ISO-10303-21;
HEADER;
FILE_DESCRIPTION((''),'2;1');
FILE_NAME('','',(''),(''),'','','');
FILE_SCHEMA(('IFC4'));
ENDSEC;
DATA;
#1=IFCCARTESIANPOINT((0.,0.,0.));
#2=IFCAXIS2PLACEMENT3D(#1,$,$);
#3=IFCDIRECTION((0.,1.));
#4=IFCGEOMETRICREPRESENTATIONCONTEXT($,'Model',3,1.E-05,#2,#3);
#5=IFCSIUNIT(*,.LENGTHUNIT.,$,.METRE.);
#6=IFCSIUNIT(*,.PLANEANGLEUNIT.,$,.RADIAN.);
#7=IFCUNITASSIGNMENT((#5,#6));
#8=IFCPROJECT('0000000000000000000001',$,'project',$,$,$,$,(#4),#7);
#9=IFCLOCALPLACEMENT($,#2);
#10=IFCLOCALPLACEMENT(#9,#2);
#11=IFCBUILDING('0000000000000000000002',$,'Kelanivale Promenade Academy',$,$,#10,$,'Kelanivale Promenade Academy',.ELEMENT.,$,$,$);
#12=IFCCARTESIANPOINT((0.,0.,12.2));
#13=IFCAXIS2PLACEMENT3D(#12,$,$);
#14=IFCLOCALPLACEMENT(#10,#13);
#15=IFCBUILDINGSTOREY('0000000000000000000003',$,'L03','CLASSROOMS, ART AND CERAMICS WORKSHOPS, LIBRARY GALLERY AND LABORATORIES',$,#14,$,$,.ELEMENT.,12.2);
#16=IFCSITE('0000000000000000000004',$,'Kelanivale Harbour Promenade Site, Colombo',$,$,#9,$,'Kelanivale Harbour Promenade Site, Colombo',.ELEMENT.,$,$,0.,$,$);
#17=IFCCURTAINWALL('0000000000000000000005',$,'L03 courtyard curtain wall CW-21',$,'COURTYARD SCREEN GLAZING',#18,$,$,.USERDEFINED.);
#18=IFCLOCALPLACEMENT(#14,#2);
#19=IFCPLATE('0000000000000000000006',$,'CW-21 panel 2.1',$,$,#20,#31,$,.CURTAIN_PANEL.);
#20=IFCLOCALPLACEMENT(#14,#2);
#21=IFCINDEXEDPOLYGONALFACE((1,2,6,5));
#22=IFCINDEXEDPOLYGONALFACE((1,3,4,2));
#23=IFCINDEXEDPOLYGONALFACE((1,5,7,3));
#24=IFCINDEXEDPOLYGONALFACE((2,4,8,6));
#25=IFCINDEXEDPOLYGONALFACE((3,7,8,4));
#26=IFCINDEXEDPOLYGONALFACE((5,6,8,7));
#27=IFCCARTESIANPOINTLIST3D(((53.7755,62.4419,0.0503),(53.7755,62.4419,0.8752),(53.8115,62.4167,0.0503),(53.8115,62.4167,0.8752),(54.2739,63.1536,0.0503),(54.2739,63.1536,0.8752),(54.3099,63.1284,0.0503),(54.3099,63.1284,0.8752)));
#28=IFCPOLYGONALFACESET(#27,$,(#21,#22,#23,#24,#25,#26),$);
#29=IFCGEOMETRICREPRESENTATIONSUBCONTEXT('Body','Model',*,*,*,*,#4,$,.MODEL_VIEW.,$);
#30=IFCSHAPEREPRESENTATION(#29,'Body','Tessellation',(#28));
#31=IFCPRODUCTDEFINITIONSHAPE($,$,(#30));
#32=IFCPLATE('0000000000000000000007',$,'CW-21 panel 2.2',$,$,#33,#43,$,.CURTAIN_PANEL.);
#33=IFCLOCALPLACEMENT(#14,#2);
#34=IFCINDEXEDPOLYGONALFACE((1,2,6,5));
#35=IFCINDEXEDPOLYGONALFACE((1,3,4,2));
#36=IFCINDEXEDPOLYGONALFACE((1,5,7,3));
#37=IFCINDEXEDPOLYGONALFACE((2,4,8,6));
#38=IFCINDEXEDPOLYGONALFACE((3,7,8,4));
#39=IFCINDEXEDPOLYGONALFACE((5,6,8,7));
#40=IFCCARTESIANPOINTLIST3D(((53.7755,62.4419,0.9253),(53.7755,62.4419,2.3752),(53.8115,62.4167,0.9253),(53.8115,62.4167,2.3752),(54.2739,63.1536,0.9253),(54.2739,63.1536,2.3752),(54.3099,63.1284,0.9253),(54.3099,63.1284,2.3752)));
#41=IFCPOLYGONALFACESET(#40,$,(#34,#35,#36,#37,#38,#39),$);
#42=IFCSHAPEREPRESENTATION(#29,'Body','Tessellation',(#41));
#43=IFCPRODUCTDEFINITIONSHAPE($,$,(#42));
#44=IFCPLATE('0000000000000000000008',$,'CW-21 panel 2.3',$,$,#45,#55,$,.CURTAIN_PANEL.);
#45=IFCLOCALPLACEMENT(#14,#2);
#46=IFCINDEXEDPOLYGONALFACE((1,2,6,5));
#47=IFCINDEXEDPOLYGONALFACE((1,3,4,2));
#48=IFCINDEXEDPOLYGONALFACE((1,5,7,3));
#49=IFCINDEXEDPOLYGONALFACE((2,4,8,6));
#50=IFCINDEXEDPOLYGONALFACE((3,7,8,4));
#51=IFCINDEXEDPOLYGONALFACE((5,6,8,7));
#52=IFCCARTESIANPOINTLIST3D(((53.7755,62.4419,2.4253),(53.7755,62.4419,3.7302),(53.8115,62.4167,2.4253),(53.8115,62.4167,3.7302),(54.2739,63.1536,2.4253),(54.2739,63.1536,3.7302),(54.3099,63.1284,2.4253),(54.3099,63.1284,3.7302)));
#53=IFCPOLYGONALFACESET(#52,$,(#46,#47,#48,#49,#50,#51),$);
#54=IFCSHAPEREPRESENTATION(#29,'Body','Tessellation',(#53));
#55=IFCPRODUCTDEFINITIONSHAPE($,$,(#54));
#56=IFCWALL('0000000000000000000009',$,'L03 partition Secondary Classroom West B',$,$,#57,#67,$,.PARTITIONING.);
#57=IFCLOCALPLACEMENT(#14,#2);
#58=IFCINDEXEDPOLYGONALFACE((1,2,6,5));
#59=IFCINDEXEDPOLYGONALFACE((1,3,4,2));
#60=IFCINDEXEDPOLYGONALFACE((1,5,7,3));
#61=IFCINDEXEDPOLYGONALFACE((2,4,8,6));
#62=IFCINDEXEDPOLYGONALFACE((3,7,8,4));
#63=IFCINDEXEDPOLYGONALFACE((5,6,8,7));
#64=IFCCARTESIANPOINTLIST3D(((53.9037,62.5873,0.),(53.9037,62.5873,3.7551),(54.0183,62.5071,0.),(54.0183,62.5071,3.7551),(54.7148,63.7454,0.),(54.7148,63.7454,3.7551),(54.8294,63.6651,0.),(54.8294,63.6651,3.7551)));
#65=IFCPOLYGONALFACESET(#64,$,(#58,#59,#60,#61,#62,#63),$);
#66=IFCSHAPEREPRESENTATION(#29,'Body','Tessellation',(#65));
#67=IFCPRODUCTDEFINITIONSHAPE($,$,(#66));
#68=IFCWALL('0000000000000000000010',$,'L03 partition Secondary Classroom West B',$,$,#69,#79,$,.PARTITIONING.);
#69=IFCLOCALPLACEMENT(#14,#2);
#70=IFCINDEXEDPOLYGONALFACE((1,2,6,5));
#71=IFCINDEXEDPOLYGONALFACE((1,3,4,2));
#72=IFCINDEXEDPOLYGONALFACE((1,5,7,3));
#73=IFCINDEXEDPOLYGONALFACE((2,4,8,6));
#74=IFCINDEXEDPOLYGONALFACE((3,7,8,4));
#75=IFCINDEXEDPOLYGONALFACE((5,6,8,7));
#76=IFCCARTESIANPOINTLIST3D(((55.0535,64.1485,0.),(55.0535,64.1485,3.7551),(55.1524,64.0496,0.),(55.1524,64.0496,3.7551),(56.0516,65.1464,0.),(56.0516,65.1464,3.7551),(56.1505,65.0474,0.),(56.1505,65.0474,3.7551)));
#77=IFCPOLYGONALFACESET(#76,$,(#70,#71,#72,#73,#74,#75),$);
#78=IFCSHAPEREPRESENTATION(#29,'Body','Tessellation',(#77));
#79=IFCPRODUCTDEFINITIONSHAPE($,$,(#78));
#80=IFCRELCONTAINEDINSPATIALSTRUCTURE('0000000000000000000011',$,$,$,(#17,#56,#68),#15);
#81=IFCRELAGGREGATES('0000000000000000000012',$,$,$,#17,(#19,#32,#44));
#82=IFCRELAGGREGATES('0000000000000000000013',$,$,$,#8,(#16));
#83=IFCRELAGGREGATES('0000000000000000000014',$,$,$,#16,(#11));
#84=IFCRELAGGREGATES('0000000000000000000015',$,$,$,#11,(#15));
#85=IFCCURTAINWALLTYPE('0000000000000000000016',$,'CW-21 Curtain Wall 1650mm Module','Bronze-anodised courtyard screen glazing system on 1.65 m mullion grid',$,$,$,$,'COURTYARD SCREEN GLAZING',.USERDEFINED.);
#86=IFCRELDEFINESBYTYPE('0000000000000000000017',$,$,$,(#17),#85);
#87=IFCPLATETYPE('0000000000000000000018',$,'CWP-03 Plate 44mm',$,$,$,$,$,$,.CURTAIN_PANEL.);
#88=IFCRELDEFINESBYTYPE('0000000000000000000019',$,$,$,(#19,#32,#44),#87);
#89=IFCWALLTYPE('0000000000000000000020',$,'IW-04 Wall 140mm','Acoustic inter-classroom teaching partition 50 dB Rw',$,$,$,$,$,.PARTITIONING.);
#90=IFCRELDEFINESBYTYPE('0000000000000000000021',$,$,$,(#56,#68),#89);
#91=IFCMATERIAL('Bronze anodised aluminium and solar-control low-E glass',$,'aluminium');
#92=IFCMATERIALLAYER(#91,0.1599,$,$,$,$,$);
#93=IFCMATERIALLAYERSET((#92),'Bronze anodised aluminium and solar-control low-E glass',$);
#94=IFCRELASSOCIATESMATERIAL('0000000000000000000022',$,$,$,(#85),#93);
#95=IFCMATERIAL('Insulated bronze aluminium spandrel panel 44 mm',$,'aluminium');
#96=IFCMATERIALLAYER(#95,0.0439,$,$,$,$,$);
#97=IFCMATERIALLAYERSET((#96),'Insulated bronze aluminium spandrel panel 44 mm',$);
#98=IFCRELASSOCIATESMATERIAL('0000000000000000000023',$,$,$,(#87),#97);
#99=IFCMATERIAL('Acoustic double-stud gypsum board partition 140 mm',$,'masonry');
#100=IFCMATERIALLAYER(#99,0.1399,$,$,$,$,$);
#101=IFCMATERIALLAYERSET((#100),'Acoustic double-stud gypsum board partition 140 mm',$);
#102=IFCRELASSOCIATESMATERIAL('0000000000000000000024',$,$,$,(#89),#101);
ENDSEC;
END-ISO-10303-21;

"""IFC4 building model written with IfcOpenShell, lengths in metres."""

from ifc_helpers import new_model, si_unit, direction, frame, frame_2d, origin, origin_2d, place, context, subcontext, project, spatial, rectangle, extrude, material, layer, layer_set, type_object, element, aggregate, save


model = new_model("IFC4")

# Units and contexts
model_context = context("Model", 3, precision=1e-05, world=origin(), true_north=direction((0.0, 1.0)))
body_context = subcontext(model_context, "Body", "Model", "MODEL_VIEW")
ifc_project = project(units=[si_unit("LENGTHUNIT", "METRE"), si_unit("PLANEANGLEUNIT", "RADIAN")], contexts=[model_context])

# Site, building, storey
site_placement = place(None, origin())
site = spatial("IfcSite", under=ifc_project, at=site_placement, Name="Kelanivale Harbour Promenade Site, Colombo", LongName="Kelanivale Harbour Promenade Site, Colombo", CompositionType="ELEMENT", RefElevation=0.0)
building_placement = place(site_placement, origin())
building = spatial("IfcBuilding", under=site, at=building_placement, Name="Kelanivale Promenade Academy", LongName="Kelanivale Promenade Academy", CompositionType="ELEMENT")
storey_placement = place(building_placement, frame((0.0, 0.0, 12.2)))
storey = spatial("IfcBuildingStorey", under=building, at=storey_placement, Name="L03", Description="CLASSROOMS, ART AND CERAMICS WORKSHOPS, LIBRARY GALLERY AND LABORATORIES", CompositionType="ELEMENT", Elevation=12.2)

# Curtain wall
ifc_material_1 = material(Name="Bronze anodised aluminium and solar-control low-E glass", Category="aluminium")
ifc_layer_1 = layer(ifc_material_1, 0.1599)
ifc_layer_set_1 = layer_set([ifc_layer_1], Name="Bronze anodised aluminium and solar-control low-E glass")
curtain_wall_type_1 = type_object("IfcCurtainWallType", Name="CW-21 Curtain Wall 1650mm Module", Description="Bronze-anodised courtyard screen glazing system on 1.65 m mullion grid", ElementType="COURTYARD SCREEN GLAZING", PredefinedType="USERDEFINED", material=ifc_layer_set_1)
curtain_wall_1_placement = place(storey_placement, origin())
curtain_wall_1 = element("IfcCurtainWall", 1, at=curtain_wall_1_placement, inside=storey, type_object=curtain_wall_type_1, Name="L03 courtyard curtain wall CW-21", ObjectType="COURTYARD SCREEN GLAZING", PredefinedType="USERDEFINED")

# Plates
ifc_material_2 = material(Name="Insulated bronze aluminium spandrel panel 44 mm", Category="aluminium")
ifc_layer_2 = layer(ifc_material_2, 0.0439)
ifc_layer_set_2 = layer_set([ifc_layer_2], Name="Insulated bronze aluminium spandrel panel 44 mm")
plate_type_1 = type_object("IfcPlateType", Name="CWP-03 Plate 44mm", PredefinedType="CURTAIN_PANEL", material=ifc_layer_set_2)
plate_1_placement = place(storey_placement, frame((54.0427, 62.7852, 0.0503), z_axis=(0.0, 0.0, 1.0), x_axis=(-0.573567, -0.819158, 0.0)))
plate_1 = element("IfcPlate", 2, at=plate_1_placement, type_object=plate_type_1, Name="CW-21 panel 2.1", PredefinedType="CURTAIN_PANEL", context=body_context, shape_type="SweptSolid", body=[
    extrude(rectangle(XDim=0.8689, YDim=0.0439, at=origin_2d()), origin(), (0.0, 0.0, 1.0), 0.825),
])
plate_2_placement = place(storey_placement, frame((54.0427, 62.7852, 0.9253), z_axis=(0.0, 0.0, 1.0), x_axis=(-0.573567, -0.819158, 0.0)))
plate_2 = element("IfcPlate", 3, at=plate_2_placement, type_object=plate_type_1, Name="CW-21 panel 2.2", PredefinedType="CURTAIN_PANEL", context=body_context, shape_type="SweptSolid", body=[
    extrude(rectangle(XDim=0.8689, YDim=0.0439, at=origin_2d()), origin(), (0.0, 0.0, 1.0), 1.45),
])
plate_3_placement = place(storey_placement, frame((54.0427, 62.7852, 2.4253), z_axis=(0.0, 0.0, 1.0), x_axis=(-0.573567, -0.819158, 0.0)))
plate_3 = element("IfcPlate", 4, at=plate_3_placement, type_object=plate_type_1, Name="CW-21 panel 2.3", PredefinedType="CURTAIN_PANEL", context=body_context, shape_type="SweptSolid", body=[
    extrude(rectangle(XDim=0.8689, YDim=0.0439, at=origin_2d()), origin(), (0.0, 0.0, 1.0), 1.3049),
])
aggregate(curtain_wall_1, [plate_1, plate_2, plate_3])

# Walls
ifc_material_3 = material(Name="Acoustic double-stud gypsum board partition 140 mm", Category="masonry")
ifc_layer_3 = layer(ifc_material_3, 0.1399)
ifc_layer_set_3 = layer_set([ifc_layer_3], Name="Acoustic double-stud gypsum board partition 140 mm")
wall_type = type_object("IfcWallType", Name="IW-04 Wall 140mm", Description="Acoustic inter-classroom teaching partition 50 dB Rw", PredefinedType="PARTITIONING", material=ifc_layer_set_3)
wall_1_placement = place(storey_placement, frame((53.9609, 62.5471, 0.0), z_axis=(0.0, 0.0, 1.0), x_axis=(0.573683, 0.819078, 0.0)))
element("IfcWall", 5, at=wall_1_placement, inside=storey, type_object=wall_type, Name="L03 partition Secondary Classroom West B", PredefinedType="PARTITIONING", context=body_context, shape_type="SweptSolid", body=[
    extrude(rectangle(XDim=1.4138, YDim=0.1399, at=frame_2d((0.707, 0.0))), origin(), (0.0, 0.0, 1.0), 3.7551),
])
wall_2_placement = place(storey_placement, frame((55.103, 64.0991, 0.0), z_axis=(0.0, 0.0, 1.0), x_axis=(0.707193, 0.70702, 0.0)))
element("IfcWall", 6, at=wall_2_placement, inside=storey, type_object=wall_type, Name="L03 partition Secondary Classroom West B", PredefinedType="PARTITIONING", context=body_context, shape_type="SweptSolid", body=[
    extrude(rectangle(XDim=1.4114, YDim=0.1399, at=frame_2d((0.7056, 0.0))), origin(), (0.0, 0.0, 1.0), 3.7551),
])

save(model, "model.ifc")
